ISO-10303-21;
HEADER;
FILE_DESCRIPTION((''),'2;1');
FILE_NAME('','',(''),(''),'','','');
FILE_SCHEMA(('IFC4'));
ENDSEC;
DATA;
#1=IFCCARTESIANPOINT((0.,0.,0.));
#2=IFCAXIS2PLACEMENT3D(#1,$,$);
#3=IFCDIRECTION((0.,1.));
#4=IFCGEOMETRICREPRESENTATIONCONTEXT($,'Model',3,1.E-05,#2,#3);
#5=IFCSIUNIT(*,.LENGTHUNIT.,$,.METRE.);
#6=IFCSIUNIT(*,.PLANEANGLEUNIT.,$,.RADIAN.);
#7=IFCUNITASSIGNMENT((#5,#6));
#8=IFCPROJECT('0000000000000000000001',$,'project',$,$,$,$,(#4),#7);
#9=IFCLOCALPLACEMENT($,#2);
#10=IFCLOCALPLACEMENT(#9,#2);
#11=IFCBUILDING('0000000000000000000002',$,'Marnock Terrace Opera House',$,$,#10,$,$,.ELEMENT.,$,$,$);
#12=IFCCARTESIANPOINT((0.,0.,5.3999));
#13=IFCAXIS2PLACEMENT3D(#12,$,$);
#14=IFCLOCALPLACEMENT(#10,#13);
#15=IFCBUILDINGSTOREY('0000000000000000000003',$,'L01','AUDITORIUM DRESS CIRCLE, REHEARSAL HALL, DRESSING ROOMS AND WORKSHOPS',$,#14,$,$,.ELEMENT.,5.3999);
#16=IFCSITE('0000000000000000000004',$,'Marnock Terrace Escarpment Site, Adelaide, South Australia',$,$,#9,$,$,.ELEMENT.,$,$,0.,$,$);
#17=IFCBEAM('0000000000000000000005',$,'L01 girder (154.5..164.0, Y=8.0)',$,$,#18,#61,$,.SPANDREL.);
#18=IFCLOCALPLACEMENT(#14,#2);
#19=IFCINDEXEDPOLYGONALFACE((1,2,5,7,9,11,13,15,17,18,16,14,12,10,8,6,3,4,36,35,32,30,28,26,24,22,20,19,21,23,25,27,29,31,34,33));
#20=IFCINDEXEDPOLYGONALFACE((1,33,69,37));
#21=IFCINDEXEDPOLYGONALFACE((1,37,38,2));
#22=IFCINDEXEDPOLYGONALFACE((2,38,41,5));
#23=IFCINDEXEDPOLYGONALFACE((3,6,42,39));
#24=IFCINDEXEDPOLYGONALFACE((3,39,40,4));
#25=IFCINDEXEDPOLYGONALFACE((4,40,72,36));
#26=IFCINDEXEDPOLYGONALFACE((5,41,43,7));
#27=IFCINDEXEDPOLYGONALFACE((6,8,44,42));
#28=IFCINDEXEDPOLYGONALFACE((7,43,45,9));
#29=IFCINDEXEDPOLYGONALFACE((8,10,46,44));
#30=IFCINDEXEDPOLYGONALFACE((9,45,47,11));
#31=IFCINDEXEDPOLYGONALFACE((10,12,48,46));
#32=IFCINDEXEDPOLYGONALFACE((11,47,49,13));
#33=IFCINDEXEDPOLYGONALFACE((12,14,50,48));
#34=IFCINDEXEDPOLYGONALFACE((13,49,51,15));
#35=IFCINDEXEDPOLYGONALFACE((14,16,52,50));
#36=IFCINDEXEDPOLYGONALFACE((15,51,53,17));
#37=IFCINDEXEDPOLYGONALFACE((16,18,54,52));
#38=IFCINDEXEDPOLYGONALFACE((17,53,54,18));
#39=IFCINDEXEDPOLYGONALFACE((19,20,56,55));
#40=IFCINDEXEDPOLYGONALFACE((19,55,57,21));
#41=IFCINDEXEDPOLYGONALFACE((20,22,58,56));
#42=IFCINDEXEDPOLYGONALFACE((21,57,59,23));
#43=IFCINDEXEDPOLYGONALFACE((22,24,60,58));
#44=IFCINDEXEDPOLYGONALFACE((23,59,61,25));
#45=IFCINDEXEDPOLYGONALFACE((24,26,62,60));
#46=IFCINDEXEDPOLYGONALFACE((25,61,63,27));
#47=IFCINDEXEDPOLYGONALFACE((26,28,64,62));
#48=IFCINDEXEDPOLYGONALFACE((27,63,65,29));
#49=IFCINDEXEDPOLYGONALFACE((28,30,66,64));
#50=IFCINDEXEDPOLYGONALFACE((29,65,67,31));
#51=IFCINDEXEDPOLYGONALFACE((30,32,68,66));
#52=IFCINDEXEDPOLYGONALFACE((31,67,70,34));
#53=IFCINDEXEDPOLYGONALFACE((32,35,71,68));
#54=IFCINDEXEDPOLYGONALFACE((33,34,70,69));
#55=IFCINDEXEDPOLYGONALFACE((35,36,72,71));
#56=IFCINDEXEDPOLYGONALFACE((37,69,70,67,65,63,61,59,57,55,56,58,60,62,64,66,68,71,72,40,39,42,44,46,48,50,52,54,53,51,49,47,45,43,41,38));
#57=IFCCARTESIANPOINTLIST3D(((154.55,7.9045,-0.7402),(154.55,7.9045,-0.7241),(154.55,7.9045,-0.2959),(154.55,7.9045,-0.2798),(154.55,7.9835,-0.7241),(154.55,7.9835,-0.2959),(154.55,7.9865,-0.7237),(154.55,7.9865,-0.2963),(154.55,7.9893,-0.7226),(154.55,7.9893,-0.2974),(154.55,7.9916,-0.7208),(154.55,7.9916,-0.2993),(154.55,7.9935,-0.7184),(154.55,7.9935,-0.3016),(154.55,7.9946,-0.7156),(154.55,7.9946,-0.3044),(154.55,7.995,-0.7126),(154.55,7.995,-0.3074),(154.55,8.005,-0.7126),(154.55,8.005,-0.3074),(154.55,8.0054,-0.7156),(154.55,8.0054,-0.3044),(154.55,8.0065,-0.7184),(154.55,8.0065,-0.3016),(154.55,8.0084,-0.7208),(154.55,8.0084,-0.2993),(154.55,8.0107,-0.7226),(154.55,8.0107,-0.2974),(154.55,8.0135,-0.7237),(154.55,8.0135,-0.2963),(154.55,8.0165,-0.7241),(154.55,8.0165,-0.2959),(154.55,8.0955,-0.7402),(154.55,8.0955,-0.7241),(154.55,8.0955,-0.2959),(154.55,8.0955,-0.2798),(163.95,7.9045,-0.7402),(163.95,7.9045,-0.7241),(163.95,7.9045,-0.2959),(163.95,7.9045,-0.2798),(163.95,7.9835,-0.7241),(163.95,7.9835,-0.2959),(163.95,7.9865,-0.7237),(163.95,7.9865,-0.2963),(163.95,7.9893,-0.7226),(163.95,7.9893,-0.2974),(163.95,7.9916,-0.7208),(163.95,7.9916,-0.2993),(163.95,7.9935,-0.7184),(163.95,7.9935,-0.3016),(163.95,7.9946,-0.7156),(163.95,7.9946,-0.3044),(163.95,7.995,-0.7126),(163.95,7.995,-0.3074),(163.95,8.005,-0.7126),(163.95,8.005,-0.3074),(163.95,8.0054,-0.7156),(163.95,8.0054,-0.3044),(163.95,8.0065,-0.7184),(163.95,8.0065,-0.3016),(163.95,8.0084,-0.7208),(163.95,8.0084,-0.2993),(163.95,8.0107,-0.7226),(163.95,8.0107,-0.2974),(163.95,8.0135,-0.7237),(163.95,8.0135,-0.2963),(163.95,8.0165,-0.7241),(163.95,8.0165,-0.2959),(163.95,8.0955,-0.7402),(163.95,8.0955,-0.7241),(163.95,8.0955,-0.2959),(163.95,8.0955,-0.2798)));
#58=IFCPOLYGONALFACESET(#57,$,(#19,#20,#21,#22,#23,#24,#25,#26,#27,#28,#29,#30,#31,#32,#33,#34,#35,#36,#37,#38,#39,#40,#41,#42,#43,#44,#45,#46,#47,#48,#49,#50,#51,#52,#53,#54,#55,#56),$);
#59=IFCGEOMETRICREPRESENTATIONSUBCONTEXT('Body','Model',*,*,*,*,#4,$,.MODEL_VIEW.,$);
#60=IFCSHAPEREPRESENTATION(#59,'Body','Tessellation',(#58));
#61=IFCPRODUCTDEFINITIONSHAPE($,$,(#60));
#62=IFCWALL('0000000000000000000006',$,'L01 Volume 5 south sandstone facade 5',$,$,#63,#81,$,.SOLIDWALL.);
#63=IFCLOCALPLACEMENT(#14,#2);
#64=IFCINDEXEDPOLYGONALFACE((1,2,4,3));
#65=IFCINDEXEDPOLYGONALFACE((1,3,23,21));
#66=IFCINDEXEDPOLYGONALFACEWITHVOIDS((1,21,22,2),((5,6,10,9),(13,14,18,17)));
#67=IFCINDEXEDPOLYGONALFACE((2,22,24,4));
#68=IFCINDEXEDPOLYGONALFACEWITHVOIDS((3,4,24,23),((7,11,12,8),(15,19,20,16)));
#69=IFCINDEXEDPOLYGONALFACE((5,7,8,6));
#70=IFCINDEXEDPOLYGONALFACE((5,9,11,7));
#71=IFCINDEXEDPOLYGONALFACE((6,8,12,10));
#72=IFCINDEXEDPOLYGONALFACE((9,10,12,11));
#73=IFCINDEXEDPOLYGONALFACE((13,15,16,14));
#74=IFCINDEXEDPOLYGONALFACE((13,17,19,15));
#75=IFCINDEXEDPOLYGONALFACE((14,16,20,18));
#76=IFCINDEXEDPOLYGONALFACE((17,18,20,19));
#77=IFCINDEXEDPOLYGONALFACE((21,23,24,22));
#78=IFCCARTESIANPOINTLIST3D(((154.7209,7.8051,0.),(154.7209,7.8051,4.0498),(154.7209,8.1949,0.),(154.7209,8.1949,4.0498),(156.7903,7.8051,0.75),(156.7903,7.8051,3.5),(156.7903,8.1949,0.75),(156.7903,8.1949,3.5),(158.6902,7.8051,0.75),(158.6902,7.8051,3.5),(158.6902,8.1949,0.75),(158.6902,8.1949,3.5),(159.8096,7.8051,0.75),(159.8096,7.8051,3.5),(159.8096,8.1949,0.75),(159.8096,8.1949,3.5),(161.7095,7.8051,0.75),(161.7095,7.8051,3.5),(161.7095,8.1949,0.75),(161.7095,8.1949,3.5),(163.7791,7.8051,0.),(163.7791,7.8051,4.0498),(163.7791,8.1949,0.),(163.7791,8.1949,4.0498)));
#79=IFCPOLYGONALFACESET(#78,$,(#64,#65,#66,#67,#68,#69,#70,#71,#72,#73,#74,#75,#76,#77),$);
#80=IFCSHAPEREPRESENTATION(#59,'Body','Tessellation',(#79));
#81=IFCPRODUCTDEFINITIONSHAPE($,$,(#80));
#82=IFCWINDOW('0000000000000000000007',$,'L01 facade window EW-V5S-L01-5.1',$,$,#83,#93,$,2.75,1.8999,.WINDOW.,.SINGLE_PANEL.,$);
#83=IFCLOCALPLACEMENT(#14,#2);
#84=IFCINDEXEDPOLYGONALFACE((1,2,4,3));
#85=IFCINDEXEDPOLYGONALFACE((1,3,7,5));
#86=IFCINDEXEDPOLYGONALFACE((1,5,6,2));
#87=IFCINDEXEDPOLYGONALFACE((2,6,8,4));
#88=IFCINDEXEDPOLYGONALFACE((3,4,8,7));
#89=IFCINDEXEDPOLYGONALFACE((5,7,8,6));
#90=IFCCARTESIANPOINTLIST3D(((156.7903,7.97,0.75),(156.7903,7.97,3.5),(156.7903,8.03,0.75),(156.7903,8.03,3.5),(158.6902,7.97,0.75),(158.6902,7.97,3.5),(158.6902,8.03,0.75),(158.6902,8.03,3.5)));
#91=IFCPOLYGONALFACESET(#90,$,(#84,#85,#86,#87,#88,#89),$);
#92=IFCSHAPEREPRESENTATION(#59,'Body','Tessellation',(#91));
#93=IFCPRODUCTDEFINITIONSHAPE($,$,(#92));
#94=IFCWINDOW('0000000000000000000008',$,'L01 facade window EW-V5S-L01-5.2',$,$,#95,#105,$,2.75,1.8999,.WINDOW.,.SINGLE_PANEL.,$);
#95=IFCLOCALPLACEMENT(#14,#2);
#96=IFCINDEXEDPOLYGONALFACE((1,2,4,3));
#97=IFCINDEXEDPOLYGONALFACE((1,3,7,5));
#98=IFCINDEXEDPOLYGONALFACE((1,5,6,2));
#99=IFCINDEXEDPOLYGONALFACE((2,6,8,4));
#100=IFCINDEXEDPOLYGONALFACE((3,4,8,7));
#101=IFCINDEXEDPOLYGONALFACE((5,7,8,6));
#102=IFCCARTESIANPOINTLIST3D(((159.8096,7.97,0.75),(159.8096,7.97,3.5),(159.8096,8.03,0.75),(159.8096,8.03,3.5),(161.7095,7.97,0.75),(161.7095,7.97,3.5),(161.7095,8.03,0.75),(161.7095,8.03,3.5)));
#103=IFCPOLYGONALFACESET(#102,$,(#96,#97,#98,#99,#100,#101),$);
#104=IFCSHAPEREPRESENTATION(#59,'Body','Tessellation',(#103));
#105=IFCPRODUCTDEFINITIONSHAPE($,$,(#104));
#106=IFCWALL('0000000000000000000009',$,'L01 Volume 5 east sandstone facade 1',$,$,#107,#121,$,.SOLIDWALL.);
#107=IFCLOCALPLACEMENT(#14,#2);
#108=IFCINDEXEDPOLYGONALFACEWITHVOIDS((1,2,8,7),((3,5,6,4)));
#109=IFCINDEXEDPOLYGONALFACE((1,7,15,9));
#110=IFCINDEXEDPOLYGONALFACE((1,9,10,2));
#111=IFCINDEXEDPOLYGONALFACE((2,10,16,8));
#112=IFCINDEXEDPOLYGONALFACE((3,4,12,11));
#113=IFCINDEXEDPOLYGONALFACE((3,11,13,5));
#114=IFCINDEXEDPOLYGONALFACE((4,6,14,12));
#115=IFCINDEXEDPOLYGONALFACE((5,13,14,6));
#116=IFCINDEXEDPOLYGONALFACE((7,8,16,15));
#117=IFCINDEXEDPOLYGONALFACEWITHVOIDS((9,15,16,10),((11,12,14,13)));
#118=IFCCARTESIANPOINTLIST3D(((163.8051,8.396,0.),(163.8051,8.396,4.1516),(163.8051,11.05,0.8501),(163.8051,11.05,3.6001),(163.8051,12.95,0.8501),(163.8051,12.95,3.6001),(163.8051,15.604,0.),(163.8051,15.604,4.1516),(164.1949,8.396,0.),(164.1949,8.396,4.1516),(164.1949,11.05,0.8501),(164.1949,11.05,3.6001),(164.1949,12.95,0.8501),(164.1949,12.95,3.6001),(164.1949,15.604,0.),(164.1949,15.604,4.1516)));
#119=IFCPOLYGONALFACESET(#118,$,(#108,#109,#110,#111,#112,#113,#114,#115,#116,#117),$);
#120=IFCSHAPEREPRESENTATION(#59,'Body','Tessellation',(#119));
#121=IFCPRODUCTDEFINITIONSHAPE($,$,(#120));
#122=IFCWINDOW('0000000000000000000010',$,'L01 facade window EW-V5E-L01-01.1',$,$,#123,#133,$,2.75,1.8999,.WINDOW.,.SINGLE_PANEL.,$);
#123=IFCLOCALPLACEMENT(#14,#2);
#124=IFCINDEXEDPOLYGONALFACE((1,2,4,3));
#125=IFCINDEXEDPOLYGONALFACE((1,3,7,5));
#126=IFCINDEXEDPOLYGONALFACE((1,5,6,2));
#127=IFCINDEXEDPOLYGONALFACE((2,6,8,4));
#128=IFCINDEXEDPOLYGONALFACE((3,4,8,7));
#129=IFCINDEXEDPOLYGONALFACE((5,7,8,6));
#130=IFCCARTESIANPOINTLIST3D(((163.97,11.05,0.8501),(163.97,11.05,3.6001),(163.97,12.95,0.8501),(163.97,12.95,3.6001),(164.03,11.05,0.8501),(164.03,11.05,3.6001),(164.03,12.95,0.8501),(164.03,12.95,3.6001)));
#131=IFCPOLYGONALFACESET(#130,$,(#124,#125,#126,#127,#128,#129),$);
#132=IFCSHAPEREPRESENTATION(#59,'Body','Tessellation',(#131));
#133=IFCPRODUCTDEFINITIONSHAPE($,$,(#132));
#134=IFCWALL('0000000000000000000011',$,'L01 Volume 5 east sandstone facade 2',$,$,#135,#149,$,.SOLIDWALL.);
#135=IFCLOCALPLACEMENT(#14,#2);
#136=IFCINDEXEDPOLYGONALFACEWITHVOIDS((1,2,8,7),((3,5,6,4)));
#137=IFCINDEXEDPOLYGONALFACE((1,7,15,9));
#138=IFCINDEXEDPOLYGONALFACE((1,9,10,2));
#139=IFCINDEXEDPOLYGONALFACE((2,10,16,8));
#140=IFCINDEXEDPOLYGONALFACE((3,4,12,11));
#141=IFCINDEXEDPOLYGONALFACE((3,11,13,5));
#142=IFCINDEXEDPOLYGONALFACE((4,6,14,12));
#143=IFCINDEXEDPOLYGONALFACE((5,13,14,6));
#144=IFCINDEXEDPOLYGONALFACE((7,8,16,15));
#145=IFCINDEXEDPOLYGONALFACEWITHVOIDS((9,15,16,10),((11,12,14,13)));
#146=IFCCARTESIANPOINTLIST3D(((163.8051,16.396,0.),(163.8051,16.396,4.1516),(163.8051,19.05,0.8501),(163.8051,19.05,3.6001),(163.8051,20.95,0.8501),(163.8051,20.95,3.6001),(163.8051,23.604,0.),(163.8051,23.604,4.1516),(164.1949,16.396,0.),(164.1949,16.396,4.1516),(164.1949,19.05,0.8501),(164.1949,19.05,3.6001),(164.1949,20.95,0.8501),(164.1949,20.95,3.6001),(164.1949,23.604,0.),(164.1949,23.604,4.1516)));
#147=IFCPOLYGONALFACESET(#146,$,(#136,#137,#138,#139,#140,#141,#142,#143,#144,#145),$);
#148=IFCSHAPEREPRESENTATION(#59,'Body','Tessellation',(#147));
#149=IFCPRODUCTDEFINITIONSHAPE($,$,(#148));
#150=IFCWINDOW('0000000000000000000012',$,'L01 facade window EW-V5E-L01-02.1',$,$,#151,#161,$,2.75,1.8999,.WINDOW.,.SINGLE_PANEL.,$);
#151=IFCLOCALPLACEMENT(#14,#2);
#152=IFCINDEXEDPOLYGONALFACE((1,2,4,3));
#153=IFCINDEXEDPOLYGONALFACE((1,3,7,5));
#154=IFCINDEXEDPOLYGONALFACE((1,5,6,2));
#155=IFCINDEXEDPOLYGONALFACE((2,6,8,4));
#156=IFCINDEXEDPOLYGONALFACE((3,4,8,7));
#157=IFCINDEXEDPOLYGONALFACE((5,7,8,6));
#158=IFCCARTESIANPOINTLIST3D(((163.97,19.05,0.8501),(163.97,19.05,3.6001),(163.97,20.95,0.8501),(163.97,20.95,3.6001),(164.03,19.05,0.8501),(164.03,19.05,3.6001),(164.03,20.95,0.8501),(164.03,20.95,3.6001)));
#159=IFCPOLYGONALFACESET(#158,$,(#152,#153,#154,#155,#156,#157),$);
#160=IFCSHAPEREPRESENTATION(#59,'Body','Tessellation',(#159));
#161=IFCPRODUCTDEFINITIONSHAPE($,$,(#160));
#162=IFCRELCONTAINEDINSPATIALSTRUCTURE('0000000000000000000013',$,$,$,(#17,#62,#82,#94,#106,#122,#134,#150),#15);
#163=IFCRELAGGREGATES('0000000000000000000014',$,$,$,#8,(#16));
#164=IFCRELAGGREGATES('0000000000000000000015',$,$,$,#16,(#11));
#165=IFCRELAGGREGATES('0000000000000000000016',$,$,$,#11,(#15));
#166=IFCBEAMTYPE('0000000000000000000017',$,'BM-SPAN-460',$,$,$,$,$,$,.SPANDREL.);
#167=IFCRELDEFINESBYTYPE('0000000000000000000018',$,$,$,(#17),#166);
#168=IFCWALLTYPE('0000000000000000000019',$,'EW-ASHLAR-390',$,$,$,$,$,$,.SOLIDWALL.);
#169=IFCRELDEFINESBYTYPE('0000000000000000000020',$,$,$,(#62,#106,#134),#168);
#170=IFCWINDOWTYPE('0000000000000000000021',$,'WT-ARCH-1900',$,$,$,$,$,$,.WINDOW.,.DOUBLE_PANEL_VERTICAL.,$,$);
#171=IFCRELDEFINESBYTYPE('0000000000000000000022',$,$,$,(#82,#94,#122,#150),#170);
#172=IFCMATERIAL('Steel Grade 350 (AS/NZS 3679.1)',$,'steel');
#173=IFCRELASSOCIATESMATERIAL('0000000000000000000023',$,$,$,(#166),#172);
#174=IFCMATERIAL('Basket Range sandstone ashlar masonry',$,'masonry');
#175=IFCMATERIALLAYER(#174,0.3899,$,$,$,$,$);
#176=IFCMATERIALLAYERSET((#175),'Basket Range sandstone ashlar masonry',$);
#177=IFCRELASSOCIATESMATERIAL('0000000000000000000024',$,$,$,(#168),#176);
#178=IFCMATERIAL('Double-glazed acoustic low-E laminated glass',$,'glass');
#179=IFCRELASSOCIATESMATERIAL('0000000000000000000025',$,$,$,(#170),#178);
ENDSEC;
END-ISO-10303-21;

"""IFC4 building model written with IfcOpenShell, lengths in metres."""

from ifc_helpers import new_model, si_unit, direction, frame, frame_2d, origin, origin_2d, place, context, subcontext, project, spatial, rectangle, i_section, extrude, material, layer, layer_set, material_profile, profile_set, type_object, element, fill, save


model = new_model("IFC4")

# Units and contexts
model_context = context("Model", 3, precision=1e-05, world=origin(), true_north=direction((0.0, 1.0)))
body_context = subcontext(model_context, "Body", "Model", "MODEL_VIEW")
ifc_project = project(units=[si_unit("LENGTHUNIT", "METRE"), si_unit("PLANEANGLEUNIT", "RADIAN")], contexts=[model_context])

# Site, building, storey
site_placement = place(None, origin())
site = spatial("IfcSite", under=ifc_project, at=site_placement, Name="Marnock Terrace Escarpment Site, Adelaide, South Australia", CompositionType="ELEMENT", RefElevation=0.0)
building_placement = place(site_placement, origin())
building = spatial("IfcBuilding", under=site, at=building_placement, Name="Marnock Terrace Opera House", CompositionType="ELEMENT")
storey_placement = place(building_placement, frame((0.0, 0.0, 5.3999)))
storey = spatial("IfcBuildingStorey", under=building, at=storey_placement, Name="L01", Description="AUDITORIUM DRESS CIRCLE, REHEARSAL HALL, DRESSING ROOMS AND WORKSHOPS", CompositionType="ELEMENT", Elevation=5.3999)

# Beam
ifc_material_1 = material(Name="Steel Grade 350 (AS/NZS 3679.1)", Category="steel")
ifc_material_profile_1 = material_profile(ifc_material_1, i_section(OverallWidth=0.1909, OverallDepth=0.4604, WebThickness=0.01, FlangeThickness=0.0161, FilletRadius=0.0115, at=origin_2d()))
ifc_profile_set_1 = profile_set([ifc_material_profile_1], Name="Steel Grade 350 (AS/NZS 3679.1)")
beam_type_1 = type_object("IfcBeamType", Name="BM-SPAN-460", PredefinedType="SPANDREL", material=ifc_profile_set_1)
beam_1_placement = place(storey_placement, frame((154.55, 8.0, -0.51), z_axis=(1.0, 0.0, 0.0), x_axis=(0.0, 1.0, 0.0)))
element("IfcBeam", 1, at=beam_1_placement, inside=storey, type_object=beam_type_1, Name="L01 girder (154.5..164.0, Y=8.0)", PredefinedType="SPANDREL", context=body_context, shape_type="SweptSolid", body=[
    extrude(i_section(OverallWidth=0.1909, OverallDepth=0.4604, WebThickness=0.01, FlangeThickness=0.0161, FilletRadius=0.0115, at=origin_2d()), origin(), (0.0, 0.0, 1.0), 9.3999),
])

# Wall, openings, windows
ifc_material_2 = material(Name="Basket Range sandstone ashlar masonry", Category="masonry")
ifc_layer = layer(ifc_material_2, 0.3899)
ifc_layer_set = layer_set([ifc_layer], Name="Basket Range sandstone ashlar masonry")
wall_type = type_object("IfcWallType", Name="EW-ASHLAR-390", PredefinedType="SOLIDWALL", material=ifc_layer_set)
wall_1_placement = place(storey_placement, frame((154.7209, 8.0, 0.0), z_axis=(0.0, 0.0, 1.0), x_axis=(1.0, 0.0, 0.0)))
wall_1 = element("IfcWall", 2, at=wall_1_placement, inside=storey, type_object=wall_type, Name="L01 Volume 5 south sandstone facade 5", PredefinedType="SOLIDWALL", context=body_context, shape_type="SweptSolid", body=[
    extrude(rectangle(XDim=9.0581, YDim=0.3899, at=frame_2d((4.5291, 0.0))), origin(), (0.0, 0.0, 1.0), 4.0498),
])
opening_1_placement = place(wall_1_placement, frame((2.0693, 0.0, 0.75)))
opening_1 = element("IfcOpeningElement", 3, at=opening_1_placement, cuts=wall_1, PredefinedType="OPENING", context=body_context, shape_type="SweptSolid", body=[
    extrude(rectangle(XDim=1.8999, YDim=2.75, at=frame_2d((0.95, 1.375))), frame((0.0, 0.2048, 0.0), z_axis=(0.0, -1.0, 0.0), x_axis=(1.0, 0.0, 0.0)), (0.0, 0.0, 1.0), 0.4099),
])
opening_2_placement = place(wall_1_placement, frame((5.0886, 0.0, 0.75)))
opening_2 = element("IfcOpeningElement", 4, at=opening_2_placement, cuts=wall_1, PredefinedType="OPENING", context=body_context, shape_type="SweptSolid", body=[
    extrude(rectangle(XDim=1.8999, YDim=2.75, at=frame_2d((0.95, 1.375))), frame((0.0, 0.2048, 0.0), z_axis=(0.0, -1.0, 0.0), x_axis=(1.0, 0.0, 0.0)), (0.0, 0.0, 1.0), 0.4099),
])
ifc_material_3 = material(Name="Double-glazed acoustic low-E laminated glass", Category="glass")
window_type = type_object("IfcWindowType", Name="WT-ARCH-1900", PartitioningType="DOUBLE_PANEL_VERTICAL", PredefinedType="WINDOW", material=ifc_material_3)
window_1_placement = place(opening_1_placement, origin())
window_1 = element("IfcWindow", 5, at=window_1_placement, inside=storey, type_object=window_type, Name="L01 facade window EW-V5S-L01-5.1", OverallHeight=2.75, OverallWidth=1.8999, PartitioningType="SINGLE_PANEL", PredefinedType="WINDOW", context=body_context, shape_type="SweptSolid", body=[
    extrude(rectangle(XDim=1.8999, YDim=2.75, at=frame_2d((0.95, 1.375))), frame((0.0, 0.03, 0.0), z_axis=(0.0, -1.0, 0.0), x_axis=(1.0, 0.0, 0.0)), (0.0, 0.0, 1.0), 0.0601),
])
fill(opening_1, window_1)
window_2_placement = place(opening_2_placement, origin())
window_2 = element("IfcWindow", 6, at=window_2_placement, inside=storey, type_object=window_type, Name="L01 facade window EW-V5S-L01-5.2", OverallHeight=2.75, OverallWidth=1.8999, PartitioningType="SINGLE_PANEL", PredefinedType="WINDOW", context=body_context, shape_type="SweptSolid", body=[
    extrude(rectangle(XDim=1.8999, YDim=2.75, at=frame_2d((0.95, 1.375))), frame((0.0, 0.03, 0.0), z_axis=(0.0, -1.0, 0.0), x_axis=(1.0, 0.0, 0.0)), (0.0, 0.0, 1.0), 0.0601),
])
fill(opening_2, window_2)

# Walls, openings, windows
wall_2_placement = place(storey_placement, frame((164.0, 8.396, 0.0), z_axis=(0.0, 0.0, 1.0), x_axis=(0.0, 1.0, 0.0)))
wall_2 = element("IfcWall", 7, at=wall_2_placement, inside=storey, type_object=wall_type, Name="L01 Volume 5 east sandstone facade 1", PredefinedType="SOLIDWALL", context=body_context, shape_type="SweptSolid", body=[
    extrude(rectangle(XDim=7.208, YDim=0.3899, at=frame_2d((3.604, 0.0))), origin(), (0.0, 0.0, 1.0), 4.1516),
])
opening_3_placement = place(wall_2_placement, frame((2.6541, 0.0, 0.8501)))
opening_3 = element("IfcOpeningElement", 8, at=opening_3_placement, cuts=wall_2, PredefinedType="OPENING", context=body_context, shape_type="SweptSolid", body=[
    extrude(rectangle(XDim=1.8999, YDim=2.75, at=frame_2d((0.95, 1.375))), frame((0.0, 0.2048, 0.0), z_axis=(0.0, -1.0, 0.0), x_axis=(1.0, 0.0, 0.0)), (0.0, 0.0, 1.0), 0.4099),
])
window_3_placement = place(opening_3_placement, origin())
window_3 = element("IfcWindow", 9, at=window_3_placement, inside=storey, type_object=window_type, Name="L01 facade window EW-V5E-L01-01.1", OverallHeight=2.75, OverallWidth=1.8999, PartitioningType="SINGLE_PANEL", PredefinedType="WINDOW", context=body_context, shape_type="SweptSolid", body=[
    extrude(rectangle(XDim=1.8999, YDim=2.75, at=frame_2d((0.95, 1.375))), frame((0.0, 0.03, 0.0), z_axis=(0.0, -1.0, 0.0), x_axis=(1.0, 0.0, 0.0)), (0.0, 0.0, 1.0), 0.0601),
])
fill(opening_3, window_3)
wall_3_placement = place(storey_placement, frame((164.0, 16.396, 0.0), z_axis=(0.0, 0.0, 1.0), x_axis=(0.0, 1.0, 0.0)))
wall_3 = element("IfcWall", 10, at=wall_3_placement, inside=storey, type_object=wall_type, Name="L01 Volume 5 east sandstone facade 2", PredefinedType="SOLIDWALL", context=body_context, shape_type="SweptSolid", body=[
    extrude(rectangle(XDim=7.208, YDim=0.3899, at=frame_2d((3.604, 0.0))), origin(), (0.0, 0.0, 1.0), 4.1516),
])
opening_4_placement = place(wall_3_placement, frame((2.6541, 0.0, 0.8501)))
opening_4 = element("IfcOpeningElement", 11, at=opening_4_placement, cuts=wall_3, PredefinedType="OPENING", context=body_context, shape_type="SweptSolid", body=[
    extrude(rectangle(XDim=1.8999, YDim=2.75, at=frame_2d((0.95, 1.375))), frame((0.0, 0.2048, 0.0), z_axis=(0.0, -1.0, 0.0), x_axis=(1.0, 0.0, 0.0)), (0.0, 0.0, 1.0), 0.4099),
])
window_4_placement = place(opening_4_placement, origin())
window_4 = element("IfcWindow", 12, at=window_4_placement, inside=storey, type_object=window_type, Name="L01 facade window EW-V5E-L01-02.1", OverallHeight=2.75, OverallWidth=1.8999, PartitioningType="SINGLE_PANEL", PredefinedType="WINDOW", context=body_context, shape_type="SweptSolid", body=[
    extrude(rectangle(XDim=1.8999, YDim=2.75, at=frame_2d((0.95, 1.375))), frame((0.0, 0.03, 0.0), z_axis=(0.0, -1.0, 0.0), x_axis=(1.0, 0.0, 0.0)), (0.0, 0.0, 1.0), 0.0601),
])
fill(opening_4, window_4)

save(model, "model.ifc")
